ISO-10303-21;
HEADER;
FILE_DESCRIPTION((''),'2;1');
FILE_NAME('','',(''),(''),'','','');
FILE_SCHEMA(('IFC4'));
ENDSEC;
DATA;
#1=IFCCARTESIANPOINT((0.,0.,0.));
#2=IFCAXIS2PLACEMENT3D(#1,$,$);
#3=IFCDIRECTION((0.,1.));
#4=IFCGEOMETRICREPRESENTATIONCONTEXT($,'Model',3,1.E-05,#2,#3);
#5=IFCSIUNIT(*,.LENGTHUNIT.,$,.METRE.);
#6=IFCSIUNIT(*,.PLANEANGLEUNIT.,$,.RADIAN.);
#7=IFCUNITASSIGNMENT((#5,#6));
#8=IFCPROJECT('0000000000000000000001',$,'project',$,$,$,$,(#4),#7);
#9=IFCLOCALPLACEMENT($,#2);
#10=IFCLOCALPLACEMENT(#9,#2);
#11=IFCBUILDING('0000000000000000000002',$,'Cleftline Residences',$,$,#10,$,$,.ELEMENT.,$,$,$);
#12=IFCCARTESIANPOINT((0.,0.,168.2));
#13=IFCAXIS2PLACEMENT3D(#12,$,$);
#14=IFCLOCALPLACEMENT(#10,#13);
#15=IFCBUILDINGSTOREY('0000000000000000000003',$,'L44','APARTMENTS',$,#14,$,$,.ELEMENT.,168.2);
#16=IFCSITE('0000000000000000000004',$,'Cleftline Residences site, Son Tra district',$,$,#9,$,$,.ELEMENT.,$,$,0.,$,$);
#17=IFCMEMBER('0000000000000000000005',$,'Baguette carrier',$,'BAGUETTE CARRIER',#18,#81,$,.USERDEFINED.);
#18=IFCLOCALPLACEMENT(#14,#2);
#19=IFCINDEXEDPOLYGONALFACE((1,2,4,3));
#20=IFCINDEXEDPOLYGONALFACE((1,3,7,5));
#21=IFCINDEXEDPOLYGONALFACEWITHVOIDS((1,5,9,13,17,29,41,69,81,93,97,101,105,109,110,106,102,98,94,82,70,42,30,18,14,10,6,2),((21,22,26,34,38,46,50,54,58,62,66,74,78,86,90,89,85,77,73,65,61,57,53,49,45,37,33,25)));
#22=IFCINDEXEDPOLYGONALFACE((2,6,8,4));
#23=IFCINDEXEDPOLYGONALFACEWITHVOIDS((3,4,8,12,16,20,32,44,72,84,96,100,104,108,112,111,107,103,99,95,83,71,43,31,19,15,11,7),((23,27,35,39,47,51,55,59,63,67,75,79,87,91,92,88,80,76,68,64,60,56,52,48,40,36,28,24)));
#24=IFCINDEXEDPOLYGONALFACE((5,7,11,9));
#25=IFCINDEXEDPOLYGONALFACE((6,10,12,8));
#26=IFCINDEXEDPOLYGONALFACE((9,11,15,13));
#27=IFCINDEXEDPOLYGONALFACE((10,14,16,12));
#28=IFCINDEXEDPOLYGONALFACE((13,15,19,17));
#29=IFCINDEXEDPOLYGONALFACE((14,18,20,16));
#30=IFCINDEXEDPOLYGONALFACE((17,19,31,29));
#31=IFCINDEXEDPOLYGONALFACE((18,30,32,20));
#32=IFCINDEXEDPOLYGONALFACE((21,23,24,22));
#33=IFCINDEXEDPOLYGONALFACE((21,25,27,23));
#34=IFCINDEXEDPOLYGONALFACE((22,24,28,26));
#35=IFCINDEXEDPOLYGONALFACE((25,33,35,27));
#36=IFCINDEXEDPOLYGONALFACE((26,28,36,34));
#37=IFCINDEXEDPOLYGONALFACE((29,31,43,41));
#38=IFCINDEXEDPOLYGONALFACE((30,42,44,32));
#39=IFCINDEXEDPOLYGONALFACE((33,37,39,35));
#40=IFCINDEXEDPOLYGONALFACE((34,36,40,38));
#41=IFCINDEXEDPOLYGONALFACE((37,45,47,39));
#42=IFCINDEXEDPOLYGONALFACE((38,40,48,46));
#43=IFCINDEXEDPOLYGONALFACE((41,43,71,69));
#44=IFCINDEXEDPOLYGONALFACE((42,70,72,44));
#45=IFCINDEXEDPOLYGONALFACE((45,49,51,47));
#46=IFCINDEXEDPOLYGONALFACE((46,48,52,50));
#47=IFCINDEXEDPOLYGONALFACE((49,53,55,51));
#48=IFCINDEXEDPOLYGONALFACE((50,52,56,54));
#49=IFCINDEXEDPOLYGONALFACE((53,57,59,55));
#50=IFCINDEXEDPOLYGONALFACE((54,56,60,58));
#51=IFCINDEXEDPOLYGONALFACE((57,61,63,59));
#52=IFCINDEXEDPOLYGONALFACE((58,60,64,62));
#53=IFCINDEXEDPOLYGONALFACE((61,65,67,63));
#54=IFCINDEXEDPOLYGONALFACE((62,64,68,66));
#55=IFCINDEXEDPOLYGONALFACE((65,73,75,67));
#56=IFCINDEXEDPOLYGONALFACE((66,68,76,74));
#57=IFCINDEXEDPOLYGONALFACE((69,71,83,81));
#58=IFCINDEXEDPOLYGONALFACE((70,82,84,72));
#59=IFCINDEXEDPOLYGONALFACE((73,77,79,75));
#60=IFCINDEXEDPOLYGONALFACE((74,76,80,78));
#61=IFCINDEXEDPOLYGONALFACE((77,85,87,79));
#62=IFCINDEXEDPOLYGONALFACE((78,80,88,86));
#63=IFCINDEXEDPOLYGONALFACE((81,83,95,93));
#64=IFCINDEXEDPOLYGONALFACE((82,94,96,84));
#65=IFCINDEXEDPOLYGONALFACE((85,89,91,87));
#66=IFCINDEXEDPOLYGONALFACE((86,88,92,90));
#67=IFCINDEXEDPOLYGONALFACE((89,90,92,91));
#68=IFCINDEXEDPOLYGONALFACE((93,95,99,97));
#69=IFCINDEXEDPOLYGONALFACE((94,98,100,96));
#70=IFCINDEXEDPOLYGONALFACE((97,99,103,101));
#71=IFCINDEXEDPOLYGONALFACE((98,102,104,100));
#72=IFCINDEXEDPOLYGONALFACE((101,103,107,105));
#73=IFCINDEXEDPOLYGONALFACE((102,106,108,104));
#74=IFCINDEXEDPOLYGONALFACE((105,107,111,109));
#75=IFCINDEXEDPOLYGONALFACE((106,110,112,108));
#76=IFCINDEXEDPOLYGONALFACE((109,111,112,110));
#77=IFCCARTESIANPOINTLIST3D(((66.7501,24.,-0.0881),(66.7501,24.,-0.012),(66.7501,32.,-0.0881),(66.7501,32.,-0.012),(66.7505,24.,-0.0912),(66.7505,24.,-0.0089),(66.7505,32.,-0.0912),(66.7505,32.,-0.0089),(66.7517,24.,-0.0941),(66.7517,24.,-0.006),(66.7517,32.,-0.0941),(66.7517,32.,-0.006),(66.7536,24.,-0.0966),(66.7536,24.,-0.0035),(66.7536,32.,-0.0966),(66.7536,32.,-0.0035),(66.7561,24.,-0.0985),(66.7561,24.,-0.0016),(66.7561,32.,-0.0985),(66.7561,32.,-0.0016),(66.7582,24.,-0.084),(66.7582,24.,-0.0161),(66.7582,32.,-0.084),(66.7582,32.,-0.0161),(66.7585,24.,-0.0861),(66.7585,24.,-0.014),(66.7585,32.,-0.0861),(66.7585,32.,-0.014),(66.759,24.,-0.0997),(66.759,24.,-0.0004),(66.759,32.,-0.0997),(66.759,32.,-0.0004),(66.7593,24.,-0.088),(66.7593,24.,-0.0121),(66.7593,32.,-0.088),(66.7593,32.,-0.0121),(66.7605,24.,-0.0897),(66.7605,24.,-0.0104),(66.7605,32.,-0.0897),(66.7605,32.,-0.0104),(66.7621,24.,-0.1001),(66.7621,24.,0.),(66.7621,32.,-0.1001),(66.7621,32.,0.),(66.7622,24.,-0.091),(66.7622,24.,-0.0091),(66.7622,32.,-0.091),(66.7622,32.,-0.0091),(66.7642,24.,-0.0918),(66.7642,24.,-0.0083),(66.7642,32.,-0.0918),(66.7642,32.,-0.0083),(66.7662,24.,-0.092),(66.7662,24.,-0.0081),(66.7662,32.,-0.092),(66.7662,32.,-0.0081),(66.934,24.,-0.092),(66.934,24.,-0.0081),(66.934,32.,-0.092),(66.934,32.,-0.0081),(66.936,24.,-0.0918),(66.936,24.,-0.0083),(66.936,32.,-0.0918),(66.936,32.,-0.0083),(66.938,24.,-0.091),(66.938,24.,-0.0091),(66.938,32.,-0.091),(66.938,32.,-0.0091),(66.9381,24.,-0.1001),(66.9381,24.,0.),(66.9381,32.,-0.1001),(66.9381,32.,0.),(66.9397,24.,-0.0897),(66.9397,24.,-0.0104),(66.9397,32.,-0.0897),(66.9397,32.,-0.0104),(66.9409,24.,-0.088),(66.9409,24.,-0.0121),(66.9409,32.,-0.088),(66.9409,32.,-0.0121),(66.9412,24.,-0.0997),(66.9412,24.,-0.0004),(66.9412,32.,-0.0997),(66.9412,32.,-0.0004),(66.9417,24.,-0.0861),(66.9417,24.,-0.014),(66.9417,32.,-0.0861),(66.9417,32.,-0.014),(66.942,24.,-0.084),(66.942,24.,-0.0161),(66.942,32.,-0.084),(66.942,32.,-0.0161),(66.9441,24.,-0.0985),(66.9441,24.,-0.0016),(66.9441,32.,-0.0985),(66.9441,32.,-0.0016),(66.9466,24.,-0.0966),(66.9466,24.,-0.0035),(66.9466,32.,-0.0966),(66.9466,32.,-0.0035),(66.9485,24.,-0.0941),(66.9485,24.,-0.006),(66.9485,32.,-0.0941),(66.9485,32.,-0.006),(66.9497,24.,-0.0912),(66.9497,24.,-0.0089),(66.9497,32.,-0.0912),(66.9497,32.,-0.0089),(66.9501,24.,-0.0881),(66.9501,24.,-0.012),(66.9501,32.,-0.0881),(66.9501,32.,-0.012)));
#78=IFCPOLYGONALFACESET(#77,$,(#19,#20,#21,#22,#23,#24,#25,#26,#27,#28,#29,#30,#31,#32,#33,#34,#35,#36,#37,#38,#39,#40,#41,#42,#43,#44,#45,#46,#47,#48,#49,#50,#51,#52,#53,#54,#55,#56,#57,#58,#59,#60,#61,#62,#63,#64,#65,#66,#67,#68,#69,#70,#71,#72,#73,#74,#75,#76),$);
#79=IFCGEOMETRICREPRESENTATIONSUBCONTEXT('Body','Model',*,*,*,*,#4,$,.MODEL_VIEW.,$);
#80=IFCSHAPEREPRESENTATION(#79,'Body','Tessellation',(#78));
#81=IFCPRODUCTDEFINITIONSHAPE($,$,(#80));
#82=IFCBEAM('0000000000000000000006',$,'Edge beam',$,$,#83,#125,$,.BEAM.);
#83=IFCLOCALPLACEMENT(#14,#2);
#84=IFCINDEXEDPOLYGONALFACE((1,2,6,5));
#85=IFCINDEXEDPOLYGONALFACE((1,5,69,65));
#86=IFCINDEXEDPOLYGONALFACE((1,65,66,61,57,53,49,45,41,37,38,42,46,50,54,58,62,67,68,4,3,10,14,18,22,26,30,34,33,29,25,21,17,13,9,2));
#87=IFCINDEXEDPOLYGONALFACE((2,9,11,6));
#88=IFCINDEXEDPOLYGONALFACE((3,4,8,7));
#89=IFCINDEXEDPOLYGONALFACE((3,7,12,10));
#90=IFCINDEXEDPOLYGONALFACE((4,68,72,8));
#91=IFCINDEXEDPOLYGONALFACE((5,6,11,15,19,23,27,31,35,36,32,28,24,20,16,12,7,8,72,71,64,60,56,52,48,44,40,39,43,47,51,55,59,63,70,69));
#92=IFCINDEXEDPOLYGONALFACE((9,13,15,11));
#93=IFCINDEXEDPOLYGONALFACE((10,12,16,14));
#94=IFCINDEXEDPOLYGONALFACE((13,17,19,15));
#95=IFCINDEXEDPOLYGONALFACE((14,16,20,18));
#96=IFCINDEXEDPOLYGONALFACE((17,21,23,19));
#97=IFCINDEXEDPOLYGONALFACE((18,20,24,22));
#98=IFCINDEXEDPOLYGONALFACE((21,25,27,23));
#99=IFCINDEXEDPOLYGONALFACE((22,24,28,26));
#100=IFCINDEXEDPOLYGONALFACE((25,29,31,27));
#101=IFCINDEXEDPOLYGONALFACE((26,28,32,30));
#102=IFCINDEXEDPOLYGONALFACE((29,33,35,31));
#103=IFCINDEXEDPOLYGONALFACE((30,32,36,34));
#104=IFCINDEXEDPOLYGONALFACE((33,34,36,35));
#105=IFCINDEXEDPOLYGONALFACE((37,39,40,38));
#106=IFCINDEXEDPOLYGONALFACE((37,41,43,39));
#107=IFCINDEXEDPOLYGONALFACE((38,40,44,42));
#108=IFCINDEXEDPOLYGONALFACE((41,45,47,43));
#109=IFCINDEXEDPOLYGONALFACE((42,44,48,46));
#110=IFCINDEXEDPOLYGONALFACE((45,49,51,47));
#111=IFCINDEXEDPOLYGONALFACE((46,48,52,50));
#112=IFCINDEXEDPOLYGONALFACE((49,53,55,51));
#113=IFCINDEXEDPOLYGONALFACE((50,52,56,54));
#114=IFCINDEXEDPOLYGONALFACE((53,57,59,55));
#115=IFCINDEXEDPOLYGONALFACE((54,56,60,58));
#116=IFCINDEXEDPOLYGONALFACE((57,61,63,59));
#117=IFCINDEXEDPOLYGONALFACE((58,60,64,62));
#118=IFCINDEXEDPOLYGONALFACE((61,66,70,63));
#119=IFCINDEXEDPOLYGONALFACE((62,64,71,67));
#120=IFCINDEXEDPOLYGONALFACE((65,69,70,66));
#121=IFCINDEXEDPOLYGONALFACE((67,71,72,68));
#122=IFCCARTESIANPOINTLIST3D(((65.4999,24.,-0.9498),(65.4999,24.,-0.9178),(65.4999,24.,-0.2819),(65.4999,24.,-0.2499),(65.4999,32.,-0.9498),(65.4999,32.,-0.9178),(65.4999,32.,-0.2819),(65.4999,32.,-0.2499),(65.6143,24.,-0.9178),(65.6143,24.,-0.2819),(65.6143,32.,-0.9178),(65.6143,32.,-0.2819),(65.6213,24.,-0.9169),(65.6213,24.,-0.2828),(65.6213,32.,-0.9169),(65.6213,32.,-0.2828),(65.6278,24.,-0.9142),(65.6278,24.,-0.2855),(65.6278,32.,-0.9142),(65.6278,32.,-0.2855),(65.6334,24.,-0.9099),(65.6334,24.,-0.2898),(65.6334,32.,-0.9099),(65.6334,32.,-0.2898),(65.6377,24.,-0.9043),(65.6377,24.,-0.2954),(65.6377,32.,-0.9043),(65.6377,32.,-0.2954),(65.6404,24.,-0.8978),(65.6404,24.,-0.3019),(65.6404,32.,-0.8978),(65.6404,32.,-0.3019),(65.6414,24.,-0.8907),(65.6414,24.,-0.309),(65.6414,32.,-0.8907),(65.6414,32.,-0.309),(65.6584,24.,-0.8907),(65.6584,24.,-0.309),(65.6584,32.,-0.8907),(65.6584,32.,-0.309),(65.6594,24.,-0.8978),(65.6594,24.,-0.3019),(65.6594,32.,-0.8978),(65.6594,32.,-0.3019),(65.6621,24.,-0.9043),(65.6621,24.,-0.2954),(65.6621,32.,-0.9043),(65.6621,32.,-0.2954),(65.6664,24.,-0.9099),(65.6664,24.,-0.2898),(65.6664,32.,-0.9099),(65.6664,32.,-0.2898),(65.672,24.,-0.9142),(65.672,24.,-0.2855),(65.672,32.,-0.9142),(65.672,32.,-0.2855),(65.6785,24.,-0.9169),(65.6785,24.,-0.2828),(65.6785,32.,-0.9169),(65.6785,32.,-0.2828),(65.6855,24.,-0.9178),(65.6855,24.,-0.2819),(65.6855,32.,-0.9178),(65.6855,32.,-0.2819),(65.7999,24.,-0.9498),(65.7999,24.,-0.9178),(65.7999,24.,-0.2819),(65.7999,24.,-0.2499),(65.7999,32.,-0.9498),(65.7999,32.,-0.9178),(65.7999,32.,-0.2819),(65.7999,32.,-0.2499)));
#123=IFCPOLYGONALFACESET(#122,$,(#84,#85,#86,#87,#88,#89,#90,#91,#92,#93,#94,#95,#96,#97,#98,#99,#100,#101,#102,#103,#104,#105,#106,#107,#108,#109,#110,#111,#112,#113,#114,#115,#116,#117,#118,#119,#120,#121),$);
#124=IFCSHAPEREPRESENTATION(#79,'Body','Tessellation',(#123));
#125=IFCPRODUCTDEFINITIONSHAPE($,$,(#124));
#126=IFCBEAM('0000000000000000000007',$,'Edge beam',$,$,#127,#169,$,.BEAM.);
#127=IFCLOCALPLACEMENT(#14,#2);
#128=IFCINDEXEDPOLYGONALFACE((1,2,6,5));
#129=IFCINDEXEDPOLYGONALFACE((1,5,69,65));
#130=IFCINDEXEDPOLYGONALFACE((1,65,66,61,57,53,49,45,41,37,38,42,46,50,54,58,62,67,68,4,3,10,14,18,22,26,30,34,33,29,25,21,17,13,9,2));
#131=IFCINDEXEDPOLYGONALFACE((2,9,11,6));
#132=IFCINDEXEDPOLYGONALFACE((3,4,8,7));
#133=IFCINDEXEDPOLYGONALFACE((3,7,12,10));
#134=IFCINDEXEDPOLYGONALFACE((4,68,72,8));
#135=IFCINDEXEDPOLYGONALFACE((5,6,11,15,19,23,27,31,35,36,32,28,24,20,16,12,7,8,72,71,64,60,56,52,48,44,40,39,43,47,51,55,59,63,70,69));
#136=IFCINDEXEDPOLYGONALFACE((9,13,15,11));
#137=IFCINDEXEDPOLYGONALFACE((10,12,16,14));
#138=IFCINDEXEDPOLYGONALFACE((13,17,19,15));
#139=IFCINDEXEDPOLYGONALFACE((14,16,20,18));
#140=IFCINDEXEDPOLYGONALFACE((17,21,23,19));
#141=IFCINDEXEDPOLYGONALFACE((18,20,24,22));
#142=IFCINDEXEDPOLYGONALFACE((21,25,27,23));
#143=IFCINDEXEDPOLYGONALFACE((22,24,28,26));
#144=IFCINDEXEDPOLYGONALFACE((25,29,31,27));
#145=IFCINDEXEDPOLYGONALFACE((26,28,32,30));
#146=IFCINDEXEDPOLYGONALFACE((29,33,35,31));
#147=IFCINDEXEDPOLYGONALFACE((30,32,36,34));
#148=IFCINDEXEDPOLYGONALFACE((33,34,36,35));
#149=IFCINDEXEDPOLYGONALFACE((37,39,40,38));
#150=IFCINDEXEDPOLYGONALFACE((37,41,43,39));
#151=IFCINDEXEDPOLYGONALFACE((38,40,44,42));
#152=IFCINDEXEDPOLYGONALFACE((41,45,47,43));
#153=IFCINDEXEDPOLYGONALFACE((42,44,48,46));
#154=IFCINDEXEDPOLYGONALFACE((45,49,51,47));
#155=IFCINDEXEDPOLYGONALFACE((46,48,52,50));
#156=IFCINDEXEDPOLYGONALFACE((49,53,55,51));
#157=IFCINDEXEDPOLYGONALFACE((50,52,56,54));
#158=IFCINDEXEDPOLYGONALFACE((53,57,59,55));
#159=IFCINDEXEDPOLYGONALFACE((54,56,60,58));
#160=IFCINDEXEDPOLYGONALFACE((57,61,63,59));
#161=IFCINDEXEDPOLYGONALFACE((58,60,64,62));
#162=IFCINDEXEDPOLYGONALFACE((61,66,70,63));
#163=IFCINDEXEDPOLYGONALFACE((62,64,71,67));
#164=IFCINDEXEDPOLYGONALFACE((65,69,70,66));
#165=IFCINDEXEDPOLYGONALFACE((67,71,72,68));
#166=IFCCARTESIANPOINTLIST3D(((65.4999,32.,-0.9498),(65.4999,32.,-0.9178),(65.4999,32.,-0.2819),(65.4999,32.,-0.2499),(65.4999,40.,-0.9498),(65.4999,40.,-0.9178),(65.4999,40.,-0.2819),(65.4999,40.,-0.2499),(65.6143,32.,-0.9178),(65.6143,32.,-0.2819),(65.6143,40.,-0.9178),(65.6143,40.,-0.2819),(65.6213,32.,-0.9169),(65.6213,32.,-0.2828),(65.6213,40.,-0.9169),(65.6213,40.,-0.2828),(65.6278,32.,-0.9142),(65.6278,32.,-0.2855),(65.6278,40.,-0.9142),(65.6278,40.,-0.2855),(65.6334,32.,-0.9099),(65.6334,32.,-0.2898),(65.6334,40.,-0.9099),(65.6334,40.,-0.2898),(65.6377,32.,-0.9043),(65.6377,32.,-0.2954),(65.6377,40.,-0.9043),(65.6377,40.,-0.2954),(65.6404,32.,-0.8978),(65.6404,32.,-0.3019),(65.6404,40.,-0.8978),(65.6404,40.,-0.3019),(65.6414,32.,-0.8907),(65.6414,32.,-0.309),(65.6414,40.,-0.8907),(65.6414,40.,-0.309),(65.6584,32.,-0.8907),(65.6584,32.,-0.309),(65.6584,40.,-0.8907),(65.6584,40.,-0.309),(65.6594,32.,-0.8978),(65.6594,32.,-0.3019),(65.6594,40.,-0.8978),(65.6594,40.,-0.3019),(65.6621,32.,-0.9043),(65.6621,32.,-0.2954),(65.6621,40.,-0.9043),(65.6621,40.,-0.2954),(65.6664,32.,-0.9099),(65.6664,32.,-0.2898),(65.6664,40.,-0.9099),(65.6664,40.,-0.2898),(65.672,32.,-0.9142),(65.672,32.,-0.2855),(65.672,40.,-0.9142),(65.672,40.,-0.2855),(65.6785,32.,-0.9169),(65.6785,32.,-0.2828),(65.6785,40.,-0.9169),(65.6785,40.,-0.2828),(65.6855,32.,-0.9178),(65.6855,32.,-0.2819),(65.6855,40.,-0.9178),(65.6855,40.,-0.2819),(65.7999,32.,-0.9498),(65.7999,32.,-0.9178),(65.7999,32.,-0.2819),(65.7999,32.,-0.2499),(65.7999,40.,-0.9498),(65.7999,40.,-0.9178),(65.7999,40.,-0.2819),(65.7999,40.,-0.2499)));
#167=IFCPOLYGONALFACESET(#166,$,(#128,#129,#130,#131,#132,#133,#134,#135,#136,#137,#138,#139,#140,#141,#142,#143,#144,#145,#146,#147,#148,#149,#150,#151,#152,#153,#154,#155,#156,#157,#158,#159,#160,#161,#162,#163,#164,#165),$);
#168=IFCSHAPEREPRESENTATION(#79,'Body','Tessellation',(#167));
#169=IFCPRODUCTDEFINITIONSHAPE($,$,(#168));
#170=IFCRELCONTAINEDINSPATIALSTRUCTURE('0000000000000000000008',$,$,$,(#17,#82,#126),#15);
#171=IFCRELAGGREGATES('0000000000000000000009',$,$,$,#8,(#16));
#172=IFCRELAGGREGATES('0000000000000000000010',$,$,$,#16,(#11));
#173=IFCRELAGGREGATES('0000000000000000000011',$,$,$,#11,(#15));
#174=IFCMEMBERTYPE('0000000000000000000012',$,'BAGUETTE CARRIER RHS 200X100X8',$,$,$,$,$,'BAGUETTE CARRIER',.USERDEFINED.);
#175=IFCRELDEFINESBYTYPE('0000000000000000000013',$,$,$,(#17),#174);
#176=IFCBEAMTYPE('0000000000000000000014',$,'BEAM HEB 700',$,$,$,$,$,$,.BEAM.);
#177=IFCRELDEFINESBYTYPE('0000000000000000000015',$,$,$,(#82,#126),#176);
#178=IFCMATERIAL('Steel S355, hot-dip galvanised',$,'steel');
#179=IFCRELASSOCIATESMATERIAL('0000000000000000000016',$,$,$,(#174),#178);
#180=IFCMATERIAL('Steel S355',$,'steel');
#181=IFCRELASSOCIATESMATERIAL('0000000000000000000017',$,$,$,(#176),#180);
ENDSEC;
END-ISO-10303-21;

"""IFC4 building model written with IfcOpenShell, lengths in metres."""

from ifc_helpers import new_model, si_unit, direction, frame, origin, origin_2d, place, context, subcontext, project, spatial, hollow_rectangle, i_section, extrude, material, material_profile, profile_set, type_object, element, save


model = new_model("IFC4")

# Units and contexts
model_context = context("Model", 3, precision=1e-05, world=origin(), true_north=direction((0.0, 1.0)))
body_context = subcontext(model_context, "Body", "Model", "MODEL_VIEW")
ifc_project = project(units=[si_unit("LENGTHUNIT", "METRE"), si_unit("PLANEANGLEUNIT", "RADIAN")], contexts=[model_context])

# Site, building, storey
site_placement = place(None, origin())
site = spatial("IfcSite", under=ifc_project, at=site_placement, Name="Cleftline Residences site, Son Tra district", CompositionType="ELEMENT", RefElevation=0.0)
building_placement = place(site_placement, origin())
building = spatial("IfcBuilding", under=site, at=building_placement, Name="Cleftline Residences", CompositionType="ELEMENT")
storey_placement = place(building_placement, frame((0.0, 0.0, 168.2)))
storey = spatial("IfcBuildingStorey", under=building, at=storey_placement, Name="L44", Description="APARTMENTS", CompositionType="ELEMENT", Elevation=168.2)

# Member
ifc_material_1 = material(Name="Steel S355, hot-dip galvanised", Category="steel")
ifc_material_profile_1 = material_profile(ifc_material_1, hollow_rectangle(XDim=0.1001, YDim=0.2, WallThickness=0.0081, InnerFilletRadius=0.0081, OuterFilletRadius=0.012, at=origin_2d()))
ifc_profile_set_1 = profile_set([ifc_material_profile_1], Name="Steel S355, hot-dip galvanised")
member_type_1 = type_object("IfcMemberType", Name="BAGUETTE CARRIER RHS 200X100X8", ElementType="BAGUETTE CARRIER", PredefinedType="USERDEFINED", material=ifc_profile_set_1)
member_placement = place(storey_placement, frame((66.8501, 24.0, -0.05), z_axis=(0.0, 1.0, 0.0), x_axis=(0.0, 0.0, 1.0)))
element("IfcMember", 1, at=member_placement, inside=storey, type_object=member_type_1, Name="Baguette carrier", ObjectType="BAGUETTE CARRIER", PredefinedType="USERDEFINED", context=body_context, shape_type="SweptSolid", body=[
    extrude(hollow_rectangle(XDim=0.1001, YDim=0.2, WallThickness=0.0081, InnerFilletRadius=0.0081, OuterFilletRadius=0.012, at=origin_2d()), origin(), (0.0, 0.0, 1.0), 8.0),
])

# Beams
ifc_material_2 = material(Name="Steel S355", Category="steel")
ifc_material_profile_2 = material_profile(ifc_material_2, i_section(OverallWidth=0.3, OverallDepth=0.7, WebThickness=0.0171, FlangeThickness=0.032, FilletRadius=0.0271, at=origin_2d()))
ifc_profile_set_2 = profile_set([ifc_material_profile_2], Name="Steel S355")
beam_type_1 = type_object("IfcBeamType", Name="BEAM HEB 700", PredefinedType="BEAM", material=ifc_profile_set_2)
for number, where, z_axis, x_axis, name in (
    (2, (65.6499, 24.0, -0.5999), (0.0, 1.0, 0.0), (-1.0, 0.0, 0.0), "Edge beam"),
    (3, (65.6499, 32.0, -0.5999), (0.0, 1.0, 0.0), (-1.0, 0.0, 0.0), "Edge beam"),
):
    element("IfcBeam", number, at=place(storey_placement, frame(where, z_axis=z_axis, x_axis=x_axis)), inside=storey, type_object=beam_type_1, Name=name, PredefinedType="BEAM", context=body_context, shape_type="SweptSolid", body=[
        extrude(i_section(OverallWidth=0.3, OverallDepth=0.7, WebThickness=0.0171, FlangeThickness=0.032, FilletRadius=0.0271, at=origin_2d()), origin(), (0.0, 0.0, 1.0), 8.0),
    ])

save(model, "model.ifc")
